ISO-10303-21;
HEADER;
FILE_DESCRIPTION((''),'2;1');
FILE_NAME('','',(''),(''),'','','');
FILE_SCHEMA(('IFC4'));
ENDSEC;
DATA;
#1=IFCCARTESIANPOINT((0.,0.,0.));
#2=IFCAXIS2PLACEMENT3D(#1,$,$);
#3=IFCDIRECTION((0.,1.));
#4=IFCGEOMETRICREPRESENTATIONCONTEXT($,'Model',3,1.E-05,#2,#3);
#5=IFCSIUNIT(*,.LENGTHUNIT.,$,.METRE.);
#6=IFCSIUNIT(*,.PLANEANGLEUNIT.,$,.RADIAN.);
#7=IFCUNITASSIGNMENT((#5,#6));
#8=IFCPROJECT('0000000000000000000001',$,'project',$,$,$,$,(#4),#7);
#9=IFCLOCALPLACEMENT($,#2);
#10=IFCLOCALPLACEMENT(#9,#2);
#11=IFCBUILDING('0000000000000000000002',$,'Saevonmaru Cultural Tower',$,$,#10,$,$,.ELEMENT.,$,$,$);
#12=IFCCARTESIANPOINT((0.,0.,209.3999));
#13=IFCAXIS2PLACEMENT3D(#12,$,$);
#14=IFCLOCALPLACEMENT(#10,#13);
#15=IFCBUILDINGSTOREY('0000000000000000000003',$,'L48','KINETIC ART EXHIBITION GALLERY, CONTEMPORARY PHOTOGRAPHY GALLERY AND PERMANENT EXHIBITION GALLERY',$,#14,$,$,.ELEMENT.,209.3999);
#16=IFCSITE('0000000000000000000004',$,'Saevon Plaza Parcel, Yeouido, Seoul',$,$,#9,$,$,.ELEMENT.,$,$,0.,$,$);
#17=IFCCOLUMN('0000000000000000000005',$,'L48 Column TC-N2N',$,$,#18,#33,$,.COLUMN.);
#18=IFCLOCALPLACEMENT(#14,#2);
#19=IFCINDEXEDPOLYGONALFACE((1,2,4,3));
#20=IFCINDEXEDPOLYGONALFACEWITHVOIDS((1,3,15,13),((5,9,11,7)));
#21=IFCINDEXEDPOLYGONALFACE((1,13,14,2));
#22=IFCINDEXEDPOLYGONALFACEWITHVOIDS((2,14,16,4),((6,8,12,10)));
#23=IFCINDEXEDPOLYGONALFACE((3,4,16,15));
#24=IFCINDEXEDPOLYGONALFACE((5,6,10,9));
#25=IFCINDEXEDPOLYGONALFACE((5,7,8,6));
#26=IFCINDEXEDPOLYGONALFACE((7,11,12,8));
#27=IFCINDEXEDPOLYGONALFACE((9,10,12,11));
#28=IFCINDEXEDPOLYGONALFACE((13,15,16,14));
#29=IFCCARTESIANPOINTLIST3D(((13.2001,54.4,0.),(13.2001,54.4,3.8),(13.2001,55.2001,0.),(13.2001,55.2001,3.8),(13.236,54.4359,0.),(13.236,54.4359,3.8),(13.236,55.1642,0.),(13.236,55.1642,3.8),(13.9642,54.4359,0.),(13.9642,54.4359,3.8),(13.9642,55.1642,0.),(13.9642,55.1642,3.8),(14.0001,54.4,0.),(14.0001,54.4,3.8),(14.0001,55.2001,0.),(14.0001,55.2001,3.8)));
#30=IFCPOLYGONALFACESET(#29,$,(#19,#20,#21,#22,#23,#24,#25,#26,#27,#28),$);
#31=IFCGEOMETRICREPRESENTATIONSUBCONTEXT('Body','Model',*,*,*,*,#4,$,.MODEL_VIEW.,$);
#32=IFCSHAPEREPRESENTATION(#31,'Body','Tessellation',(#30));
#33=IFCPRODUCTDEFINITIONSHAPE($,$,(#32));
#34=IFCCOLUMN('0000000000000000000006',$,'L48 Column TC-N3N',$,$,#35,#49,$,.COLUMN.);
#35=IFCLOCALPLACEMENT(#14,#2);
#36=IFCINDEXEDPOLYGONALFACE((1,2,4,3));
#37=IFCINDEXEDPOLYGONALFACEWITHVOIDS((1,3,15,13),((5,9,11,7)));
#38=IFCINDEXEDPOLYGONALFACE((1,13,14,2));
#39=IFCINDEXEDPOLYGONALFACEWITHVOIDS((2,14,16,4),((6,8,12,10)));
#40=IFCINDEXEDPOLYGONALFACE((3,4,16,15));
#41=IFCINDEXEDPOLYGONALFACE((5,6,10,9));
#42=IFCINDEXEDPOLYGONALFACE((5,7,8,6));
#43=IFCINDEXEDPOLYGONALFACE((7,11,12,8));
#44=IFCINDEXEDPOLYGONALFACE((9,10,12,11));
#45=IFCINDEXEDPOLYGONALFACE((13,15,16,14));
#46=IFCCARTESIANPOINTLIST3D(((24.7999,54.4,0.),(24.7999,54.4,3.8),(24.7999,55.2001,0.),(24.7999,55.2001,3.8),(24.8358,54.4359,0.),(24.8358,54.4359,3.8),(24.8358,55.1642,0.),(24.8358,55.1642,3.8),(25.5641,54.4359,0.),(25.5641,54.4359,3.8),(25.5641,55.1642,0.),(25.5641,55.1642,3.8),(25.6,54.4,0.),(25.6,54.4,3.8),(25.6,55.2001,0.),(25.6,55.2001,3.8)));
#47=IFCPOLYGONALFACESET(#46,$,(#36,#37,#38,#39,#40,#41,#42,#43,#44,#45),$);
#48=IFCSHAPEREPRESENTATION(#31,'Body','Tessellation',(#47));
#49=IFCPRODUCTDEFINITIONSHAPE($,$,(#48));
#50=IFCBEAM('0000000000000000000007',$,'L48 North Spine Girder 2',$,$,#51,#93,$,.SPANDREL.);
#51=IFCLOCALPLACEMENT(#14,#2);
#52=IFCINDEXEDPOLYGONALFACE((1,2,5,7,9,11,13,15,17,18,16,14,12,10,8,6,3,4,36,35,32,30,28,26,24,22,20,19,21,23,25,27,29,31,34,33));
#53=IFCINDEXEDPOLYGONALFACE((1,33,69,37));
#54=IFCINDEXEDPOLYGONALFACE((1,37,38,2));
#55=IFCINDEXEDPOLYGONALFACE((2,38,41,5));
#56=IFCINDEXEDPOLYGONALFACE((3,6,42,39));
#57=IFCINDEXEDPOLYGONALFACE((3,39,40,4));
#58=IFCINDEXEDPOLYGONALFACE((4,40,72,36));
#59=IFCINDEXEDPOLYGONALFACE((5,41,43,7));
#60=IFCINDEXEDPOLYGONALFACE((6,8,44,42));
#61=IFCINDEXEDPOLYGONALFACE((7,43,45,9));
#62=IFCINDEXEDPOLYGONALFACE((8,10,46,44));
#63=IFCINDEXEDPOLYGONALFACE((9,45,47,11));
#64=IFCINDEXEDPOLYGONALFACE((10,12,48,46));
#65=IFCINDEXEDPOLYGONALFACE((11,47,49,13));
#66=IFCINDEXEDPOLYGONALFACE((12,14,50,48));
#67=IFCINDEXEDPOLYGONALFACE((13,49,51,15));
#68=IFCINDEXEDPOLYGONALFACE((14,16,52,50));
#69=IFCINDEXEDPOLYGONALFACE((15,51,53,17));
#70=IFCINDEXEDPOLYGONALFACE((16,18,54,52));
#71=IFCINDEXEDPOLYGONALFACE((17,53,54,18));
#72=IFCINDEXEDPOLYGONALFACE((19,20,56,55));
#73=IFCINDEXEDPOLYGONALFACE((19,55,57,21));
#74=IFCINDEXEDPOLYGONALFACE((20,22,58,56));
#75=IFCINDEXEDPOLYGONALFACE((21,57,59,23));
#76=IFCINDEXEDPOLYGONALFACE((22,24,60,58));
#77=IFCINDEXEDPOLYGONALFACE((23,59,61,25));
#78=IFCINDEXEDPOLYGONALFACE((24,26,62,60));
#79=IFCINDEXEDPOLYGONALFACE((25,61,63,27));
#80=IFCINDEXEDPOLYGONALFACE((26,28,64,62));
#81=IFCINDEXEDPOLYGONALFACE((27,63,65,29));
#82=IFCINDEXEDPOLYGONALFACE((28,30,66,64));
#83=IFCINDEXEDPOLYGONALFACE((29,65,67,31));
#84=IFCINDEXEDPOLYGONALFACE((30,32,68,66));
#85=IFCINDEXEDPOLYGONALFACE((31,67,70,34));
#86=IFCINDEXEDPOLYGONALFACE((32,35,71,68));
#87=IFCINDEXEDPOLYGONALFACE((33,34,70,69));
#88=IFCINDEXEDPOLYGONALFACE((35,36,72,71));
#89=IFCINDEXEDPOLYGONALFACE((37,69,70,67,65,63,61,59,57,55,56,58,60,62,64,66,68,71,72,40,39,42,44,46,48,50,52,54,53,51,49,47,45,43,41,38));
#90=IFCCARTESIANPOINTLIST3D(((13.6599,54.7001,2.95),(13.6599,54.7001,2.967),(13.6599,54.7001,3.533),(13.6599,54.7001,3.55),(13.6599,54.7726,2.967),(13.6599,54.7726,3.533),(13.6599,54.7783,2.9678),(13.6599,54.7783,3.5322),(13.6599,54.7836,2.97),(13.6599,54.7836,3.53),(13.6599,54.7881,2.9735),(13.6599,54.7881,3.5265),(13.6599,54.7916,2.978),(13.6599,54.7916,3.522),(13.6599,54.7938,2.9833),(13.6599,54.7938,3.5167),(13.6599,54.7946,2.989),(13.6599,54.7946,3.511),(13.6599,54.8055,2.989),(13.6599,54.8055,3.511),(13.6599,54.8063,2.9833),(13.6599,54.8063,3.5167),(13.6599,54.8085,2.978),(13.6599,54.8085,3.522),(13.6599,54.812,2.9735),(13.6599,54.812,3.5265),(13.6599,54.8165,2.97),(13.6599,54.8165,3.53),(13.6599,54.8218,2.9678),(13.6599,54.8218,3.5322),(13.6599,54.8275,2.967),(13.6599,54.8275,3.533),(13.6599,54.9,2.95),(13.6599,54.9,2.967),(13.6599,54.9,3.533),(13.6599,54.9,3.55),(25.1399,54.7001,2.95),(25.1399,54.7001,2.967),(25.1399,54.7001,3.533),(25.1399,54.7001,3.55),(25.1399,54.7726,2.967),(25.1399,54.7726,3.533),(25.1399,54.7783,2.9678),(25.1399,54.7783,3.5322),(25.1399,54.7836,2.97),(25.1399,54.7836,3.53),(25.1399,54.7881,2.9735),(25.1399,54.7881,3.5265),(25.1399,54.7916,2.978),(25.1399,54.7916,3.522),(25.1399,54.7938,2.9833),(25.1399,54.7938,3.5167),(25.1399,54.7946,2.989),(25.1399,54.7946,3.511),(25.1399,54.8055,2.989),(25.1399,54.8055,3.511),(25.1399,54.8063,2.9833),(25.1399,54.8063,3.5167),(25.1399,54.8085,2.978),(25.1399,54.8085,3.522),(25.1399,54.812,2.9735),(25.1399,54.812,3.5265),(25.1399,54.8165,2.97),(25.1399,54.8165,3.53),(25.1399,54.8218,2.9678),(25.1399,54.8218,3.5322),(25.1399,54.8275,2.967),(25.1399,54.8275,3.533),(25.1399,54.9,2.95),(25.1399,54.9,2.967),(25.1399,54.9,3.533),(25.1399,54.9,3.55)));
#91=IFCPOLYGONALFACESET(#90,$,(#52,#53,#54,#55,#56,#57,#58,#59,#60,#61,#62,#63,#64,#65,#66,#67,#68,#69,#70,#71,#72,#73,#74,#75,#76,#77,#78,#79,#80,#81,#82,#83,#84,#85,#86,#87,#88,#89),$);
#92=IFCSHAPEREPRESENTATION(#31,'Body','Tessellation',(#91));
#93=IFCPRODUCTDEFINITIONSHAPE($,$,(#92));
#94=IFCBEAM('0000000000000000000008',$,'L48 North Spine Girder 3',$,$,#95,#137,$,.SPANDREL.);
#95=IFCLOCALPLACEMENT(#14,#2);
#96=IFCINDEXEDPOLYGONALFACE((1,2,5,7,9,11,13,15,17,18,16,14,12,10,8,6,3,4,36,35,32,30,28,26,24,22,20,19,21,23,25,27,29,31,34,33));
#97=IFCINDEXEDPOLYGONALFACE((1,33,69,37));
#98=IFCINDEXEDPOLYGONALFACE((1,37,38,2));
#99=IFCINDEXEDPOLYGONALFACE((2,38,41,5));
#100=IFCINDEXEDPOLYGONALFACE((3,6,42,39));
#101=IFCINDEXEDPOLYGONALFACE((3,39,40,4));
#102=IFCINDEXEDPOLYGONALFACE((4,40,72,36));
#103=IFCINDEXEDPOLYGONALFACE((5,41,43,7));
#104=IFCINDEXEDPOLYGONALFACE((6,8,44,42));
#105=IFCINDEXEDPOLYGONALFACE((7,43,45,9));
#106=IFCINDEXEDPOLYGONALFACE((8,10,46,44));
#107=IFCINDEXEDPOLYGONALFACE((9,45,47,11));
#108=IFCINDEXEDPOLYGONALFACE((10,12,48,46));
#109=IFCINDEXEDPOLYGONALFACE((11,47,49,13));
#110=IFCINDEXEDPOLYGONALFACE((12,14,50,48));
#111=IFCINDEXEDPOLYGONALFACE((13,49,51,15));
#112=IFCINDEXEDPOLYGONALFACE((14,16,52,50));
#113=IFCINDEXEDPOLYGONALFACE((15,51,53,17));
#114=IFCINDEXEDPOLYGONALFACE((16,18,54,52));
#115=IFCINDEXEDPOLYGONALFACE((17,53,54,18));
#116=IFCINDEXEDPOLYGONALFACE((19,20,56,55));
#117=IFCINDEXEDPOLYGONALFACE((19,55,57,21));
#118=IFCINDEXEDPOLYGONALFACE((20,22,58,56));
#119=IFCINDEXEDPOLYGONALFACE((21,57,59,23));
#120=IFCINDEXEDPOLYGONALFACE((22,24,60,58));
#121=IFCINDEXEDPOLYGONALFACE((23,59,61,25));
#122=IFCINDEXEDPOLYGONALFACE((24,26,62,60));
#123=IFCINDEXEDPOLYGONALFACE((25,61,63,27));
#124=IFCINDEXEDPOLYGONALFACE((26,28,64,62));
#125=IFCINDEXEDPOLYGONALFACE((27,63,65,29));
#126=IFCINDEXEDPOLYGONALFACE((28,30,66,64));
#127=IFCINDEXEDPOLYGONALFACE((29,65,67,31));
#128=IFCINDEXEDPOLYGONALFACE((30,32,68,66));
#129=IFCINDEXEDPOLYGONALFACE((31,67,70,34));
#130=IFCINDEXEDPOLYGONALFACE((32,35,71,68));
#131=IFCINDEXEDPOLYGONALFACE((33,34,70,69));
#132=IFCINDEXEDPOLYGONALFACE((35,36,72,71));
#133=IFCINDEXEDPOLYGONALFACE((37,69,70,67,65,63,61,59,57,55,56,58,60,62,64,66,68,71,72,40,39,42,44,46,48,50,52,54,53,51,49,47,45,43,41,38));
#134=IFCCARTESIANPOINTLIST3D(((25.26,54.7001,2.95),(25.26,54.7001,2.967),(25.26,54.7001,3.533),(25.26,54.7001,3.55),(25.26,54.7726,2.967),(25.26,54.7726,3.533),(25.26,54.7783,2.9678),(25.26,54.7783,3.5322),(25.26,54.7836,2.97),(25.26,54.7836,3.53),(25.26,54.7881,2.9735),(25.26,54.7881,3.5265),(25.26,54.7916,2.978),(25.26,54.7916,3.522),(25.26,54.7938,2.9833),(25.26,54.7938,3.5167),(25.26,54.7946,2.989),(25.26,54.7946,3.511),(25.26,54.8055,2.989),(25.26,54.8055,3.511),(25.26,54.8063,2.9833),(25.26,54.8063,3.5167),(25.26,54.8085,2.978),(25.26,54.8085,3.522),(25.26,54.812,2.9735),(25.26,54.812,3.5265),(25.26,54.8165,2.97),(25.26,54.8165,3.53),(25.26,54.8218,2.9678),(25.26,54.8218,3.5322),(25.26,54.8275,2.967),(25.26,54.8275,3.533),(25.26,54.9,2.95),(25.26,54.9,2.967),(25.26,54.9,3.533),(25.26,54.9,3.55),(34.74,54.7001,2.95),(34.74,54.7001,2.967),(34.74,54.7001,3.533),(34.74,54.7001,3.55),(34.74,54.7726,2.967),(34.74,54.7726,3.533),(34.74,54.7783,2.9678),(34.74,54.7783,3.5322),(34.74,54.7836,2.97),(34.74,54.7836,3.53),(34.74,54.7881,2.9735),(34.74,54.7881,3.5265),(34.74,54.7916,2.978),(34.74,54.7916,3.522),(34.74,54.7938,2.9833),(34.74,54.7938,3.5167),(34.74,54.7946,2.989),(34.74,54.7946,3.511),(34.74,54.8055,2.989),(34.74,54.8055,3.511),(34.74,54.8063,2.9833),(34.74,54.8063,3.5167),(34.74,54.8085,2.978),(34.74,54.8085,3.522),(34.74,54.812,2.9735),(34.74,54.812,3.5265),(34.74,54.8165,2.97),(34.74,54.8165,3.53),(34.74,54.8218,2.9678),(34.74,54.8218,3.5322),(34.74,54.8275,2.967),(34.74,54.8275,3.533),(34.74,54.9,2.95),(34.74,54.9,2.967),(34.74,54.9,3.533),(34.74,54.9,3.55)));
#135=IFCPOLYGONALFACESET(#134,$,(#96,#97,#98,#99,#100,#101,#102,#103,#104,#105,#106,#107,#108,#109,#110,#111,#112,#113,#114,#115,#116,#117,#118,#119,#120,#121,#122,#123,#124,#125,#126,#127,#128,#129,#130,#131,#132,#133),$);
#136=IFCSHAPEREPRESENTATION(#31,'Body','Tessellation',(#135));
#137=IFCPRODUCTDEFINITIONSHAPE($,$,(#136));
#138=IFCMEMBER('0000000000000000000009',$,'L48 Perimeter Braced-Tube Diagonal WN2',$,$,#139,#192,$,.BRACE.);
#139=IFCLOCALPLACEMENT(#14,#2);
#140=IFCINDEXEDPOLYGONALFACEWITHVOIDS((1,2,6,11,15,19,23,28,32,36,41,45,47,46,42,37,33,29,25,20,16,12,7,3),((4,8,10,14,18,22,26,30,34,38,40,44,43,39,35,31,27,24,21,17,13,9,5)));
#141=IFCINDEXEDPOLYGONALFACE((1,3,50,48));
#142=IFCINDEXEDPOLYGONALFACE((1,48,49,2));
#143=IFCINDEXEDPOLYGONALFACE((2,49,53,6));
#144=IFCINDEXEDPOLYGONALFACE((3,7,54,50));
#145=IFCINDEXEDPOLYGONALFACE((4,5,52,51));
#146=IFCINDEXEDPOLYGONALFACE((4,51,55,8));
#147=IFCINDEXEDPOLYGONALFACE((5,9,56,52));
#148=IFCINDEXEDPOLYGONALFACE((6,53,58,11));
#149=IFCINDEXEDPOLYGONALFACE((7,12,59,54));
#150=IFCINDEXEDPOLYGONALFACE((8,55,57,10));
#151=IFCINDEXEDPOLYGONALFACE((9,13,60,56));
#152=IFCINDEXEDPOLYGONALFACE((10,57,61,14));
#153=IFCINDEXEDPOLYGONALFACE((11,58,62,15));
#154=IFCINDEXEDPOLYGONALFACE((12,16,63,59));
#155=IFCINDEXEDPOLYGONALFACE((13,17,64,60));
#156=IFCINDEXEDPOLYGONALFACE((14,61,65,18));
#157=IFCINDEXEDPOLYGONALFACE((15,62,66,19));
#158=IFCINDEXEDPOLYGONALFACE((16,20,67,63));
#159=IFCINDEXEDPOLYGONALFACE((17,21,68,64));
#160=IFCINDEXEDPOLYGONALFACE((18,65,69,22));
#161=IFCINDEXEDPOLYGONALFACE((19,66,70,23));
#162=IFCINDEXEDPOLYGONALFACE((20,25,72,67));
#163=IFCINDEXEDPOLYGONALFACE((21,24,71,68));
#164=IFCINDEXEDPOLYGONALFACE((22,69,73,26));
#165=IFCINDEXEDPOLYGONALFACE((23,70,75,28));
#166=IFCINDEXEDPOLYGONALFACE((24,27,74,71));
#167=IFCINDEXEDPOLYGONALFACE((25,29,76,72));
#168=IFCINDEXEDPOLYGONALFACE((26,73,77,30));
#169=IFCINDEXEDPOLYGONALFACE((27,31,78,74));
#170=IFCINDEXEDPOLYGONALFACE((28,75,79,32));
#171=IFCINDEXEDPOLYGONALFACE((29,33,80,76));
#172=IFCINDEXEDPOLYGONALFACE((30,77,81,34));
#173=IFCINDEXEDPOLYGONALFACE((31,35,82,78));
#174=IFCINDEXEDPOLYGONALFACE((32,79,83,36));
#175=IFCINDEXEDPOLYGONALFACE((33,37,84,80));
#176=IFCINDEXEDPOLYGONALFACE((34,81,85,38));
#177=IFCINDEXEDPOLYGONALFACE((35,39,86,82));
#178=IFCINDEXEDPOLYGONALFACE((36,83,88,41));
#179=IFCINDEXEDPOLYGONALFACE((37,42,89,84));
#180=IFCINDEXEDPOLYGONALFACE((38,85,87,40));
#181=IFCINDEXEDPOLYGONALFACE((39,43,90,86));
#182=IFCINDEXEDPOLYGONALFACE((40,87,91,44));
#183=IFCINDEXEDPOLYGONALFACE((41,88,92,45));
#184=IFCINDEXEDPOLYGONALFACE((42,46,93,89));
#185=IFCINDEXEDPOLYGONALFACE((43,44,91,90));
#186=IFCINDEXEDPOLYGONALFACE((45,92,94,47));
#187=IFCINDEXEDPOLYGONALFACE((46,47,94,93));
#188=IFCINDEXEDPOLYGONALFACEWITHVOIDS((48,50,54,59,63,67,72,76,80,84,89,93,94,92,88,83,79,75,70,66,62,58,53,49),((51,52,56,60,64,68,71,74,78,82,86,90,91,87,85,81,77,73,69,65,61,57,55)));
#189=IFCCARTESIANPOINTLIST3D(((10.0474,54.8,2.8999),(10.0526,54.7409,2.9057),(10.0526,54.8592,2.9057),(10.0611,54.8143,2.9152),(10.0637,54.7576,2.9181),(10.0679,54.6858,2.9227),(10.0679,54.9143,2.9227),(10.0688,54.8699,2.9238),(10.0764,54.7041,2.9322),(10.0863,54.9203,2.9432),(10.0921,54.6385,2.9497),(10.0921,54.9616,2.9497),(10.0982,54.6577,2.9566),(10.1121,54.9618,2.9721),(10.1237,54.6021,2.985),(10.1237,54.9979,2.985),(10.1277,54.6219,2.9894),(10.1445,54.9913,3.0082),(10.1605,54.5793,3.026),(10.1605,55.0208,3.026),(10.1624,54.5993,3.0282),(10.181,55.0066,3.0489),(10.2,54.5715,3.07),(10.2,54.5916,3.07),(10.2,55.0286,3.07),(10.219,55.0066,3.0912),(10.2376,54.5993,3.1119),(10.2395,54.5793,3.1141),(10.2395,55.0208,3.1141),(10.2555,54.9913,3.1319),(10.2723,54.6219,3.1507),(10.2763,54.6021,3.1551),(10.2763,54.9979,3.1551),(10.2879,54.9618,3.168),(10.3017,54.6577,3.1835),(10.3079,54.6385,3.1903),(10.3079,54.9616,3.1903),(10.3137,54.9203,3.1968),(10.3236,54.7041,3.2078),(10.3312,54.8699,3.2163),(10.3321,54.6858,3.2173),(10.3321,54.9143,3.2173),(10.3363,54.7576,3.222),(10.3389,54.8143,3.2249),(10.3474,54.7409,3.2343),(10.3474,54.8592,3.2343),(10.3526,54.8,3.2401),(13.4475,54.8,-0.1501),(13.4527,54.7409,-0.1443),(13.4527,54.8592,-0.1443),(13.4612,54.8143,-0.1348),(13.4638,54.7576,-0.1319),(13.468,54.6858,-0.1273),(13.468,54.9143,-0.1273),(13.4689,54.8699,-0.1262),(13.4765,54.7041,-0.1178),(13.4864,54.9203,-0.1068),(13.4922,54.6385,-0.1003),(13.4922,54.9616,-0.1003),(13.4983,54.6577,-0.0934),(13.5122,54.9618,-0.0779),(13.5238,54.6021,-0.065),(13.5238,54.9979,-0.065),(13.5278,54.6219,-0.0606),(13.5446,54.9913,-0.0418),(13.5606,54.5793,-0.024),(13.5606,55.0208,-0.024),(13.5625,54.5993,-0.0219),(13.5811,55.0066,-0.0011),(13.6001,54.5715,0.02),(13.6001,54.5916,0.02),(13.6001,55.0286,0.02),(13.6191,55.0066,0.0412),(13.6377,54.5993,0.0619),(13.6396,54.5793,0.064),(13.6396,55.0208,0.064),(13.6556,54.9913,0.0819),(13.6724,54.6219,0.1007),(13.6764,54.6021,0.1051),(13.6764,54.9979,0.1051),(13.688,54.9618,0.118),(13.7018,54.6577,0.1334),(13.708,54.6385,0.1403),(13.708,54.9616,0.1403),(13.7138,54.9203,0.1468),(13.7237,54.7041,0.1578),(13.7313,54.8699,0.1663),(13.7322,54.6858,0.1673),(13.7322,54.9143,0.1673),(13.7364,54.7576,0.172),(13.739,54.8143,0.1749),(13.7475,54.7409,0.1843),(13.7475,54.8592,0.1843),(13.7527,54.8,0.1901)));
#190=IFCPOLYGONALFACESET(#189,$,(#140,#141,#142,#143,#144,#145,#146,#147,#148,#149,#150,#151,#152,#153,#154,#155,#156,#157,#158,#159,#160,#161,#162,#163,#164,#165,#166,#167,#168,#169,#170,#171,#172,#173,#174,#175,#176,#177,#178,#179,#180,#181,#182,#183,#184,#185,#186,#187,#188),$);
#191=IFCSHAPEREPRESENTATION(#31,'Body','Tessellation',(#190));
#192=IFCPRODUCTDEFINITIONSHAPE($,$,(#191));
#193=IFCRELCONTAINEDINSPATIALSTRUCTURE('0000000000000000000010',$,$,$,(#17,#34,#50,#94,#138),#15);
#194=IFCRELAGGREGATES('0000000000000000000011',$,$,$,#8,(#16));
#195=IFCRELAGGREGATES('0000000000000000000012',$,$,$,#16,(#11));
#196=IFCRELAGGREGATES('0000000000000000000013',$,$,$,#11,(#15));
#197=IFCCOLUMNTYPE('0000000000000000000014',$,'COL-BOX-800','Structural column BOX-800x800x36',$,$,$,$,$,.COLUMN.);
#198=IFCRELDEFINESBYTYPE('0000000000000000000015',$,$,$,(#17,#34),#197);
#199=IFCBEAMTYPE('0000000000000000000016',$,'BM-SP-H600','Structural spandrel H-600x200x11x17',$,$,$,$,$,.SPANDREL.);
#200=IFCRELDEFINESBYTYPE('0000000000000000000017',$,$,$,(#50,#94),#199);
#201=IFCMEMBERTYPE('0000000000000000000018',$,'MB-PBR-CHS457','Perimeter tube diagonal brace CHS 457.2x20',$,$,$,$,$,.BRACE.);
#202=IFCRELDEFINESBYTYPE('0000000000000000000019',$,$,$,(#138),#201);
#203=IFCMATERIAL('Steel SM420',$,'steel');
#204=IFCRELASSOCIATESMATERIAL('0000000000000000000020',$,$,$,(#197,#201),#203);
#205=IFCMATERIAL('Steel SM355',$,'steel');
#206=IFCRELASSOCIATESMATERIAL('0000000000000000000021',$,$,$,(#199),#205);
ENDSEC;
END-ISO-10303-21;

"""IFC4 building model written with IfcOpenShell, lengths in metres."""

from ifc_helpers import new_model, si_unit, direction, frame, origin, origin_2d, place, context, subcontext, project, spatial, hollow_rectangle, hollow_circle, i_section, extrude, material, material_profile, profile_set, type_object, element, save


model = new_model("IFC4")

# Units and contexts
model_context = context("Model", 3, precision=1e-05, world=origin(), true_north=direction((0.0, 1.0)))
body_context = subcontext(model_context, "Body", "Model", "MODEL_VIEW")
ifc_project = project(units=[si_unit("LENGTHUNIT", "METRE"), si_unit("PLANEANGLEUNIT", "RADIAN")], contexts=[model_context])

# Site, building, storey
site_placement = place(None, origin())
site = spatial("IfcSite", under=ifc_project, at=site_placement, Name="Saevon Plaza Parcel, Yeouido, Seoul", CompositionType="ELEMENT", RefElevation=0.0)
building_placement = place(site_placement, origin())
building = spatial("IfcBuilding", under=site, at=building_placement, Name="Saevonmaru Cultural Tower", CompositionType="ELEMENT")
storey_placement = place(building_placement, frame((0.0, 0.0, 209.3999)))
storey = spatial("IfcBuildingStorey", under=building, at=storey_placement, Name="L48", Description="KINETIC ART EXHIBITION GALLERY, CONTEMPORARY PHOTOGRAPHY GALLERY AND PERMANENT EXHIBITION GALLERY", CompositionType="ELEMENT", Elevation=209.3999)

# Columns
ifc_material_1 = material(Name="Steel SM420", Category="steel")
ifc_material_profile_1 = material_profile(ifc_material_1, hollow_rectangle(XDim=0.8, YDim=0.8, WallThickness=0.0359, at=origin_2d()), Name="BOX-800x800x36")
ifc_profile_set_1 = profile_set([ifc_material_profile_1], Name="Steel SM420")
column_type = type_object("IfcColumnType", Name="COL-BOX-800", Description="Structural column BOX-800x800x36", PredefinedType="COLUMN", material=ifc_profile_set_1)
for number, where, z_axis, x_axis, name in (
    (1, (13.6001, 54.8, 0.0), (0.0, 0.0, 1.0), (1.0, 0.0, 0.0), "L48 Column TC-N2N"),
    (2, (25.2, 54.8, 0.0), (0.0, 0.0, 1.0), (1.0, 0.0, 0.0), "L48 Column TC-N3N"),
):
    element("IfcColumn", number, at=place(storey_placement, frame(where, z_axis=z_axis, x_axis=x_axis)), inside=storey, type_object=column_type, Name=name, PredefinedType="COLUMN", context=body_context, shape_type="SweptSolid", body=[
        extrude(hollow_rectangle(XDim=0.8, YDim=0.8, WallThickness=0.0359, at=origin_2d()), origin(), (0.0, 0.0, 1.0), 3.8),
    ])

# Beams
ifc_material_2 = material(Name="Steel SM355", Category="steel")
ifc_material_profile_2 = material_profile(ifc_material_2, i_section(OverallWidth=0.2, OverallDepth=0.6001, WebThickness=0.011, FlangeThickness=0.0171, FilletRadius=0.022, at=origin_2d()), Name="H-600x200x11x17")
ifc_profile_set_2 = profile_set([ifc_material_profile_2], Name="Steel SM355")
beam_type = type_object("IfcBeamType", Name="BM-SP-H600", Description="Structural spandrel H-600x200x11x17", PredefinedType="SPANDREL", material=ifc_profile_set_2)
beam_1_placement = place(storey_placement, frame((13.6599, 54.8, 3.25), z_axis=(1.0, 0.0, 0.0), x_axis=(0.0, 1.0, 0.0)))
element("IfcBeam", 3, at=beam_1_placement, inside=storey, type_object=beam_type, Name="L48 North Spine Girder 2", PredefinedType="SPANDREL", context=body_context, shape_type="SweptSolid", body=[
    extrude(i_section(OverallWidth=0.2, OverallDepth=0.6001, WebThickness=0.011, FlangeThickness=0.0171, FilletRadius=0.022, at=origin_2d()), origin(), (0.0, 0.0, 1.0), 11.48),
])
beam_2_placement = place(storey_placement, frame((25.26, 54.8, 3.25), z_axis=(1.0, 0.0, 0.0), x_axis=(0.0, 1.0, 0.0)))
element("IfcBeam", 4, at=beam_2_placement, inside=storey, type_object=beam_type, Name="L48 North Spine Girder 3", PredefinedType="SPANDREL", context=body_context, shape_type="SweptSolid", body=[
    extrude(i_section(OverallWidth=0.2, OverallDepth=0.6001, WebThickness=0.011, FlangeThickness=0.0171, FilletRadius=0.022, at=origin_2d()), origin(), (0.0, 0.0, 1.0), 9.48),
])

# Member
ifc_material_profile_3 = material_profile(ifc_material_1, hollow_circle(Radius=0.2285, WallThickness=0.02, at=origin_2d()), Name="CHS-457.2x20")
ifc_profile_set_3 = profile_set([ifc_material_profile_3], Name="Steel SM420")
member_type_1 = type_object("IfcMemberType", Name="MB-PBR-CHS457", Description="Perimeter tube diagonal brace CHS 457.2x20", PredefinedType="BRACE", material=ifc_profile_set_3)
member_1_placement = place(storey_placement, frame((13.6001, 54.8, 0.02), z_axis=(-0.744391, 0.0, 0.667744), x_axis=(0.0, -1.0, 0.0)))
element("IfcMember", 5, at=member_1_placement, inside=storey, type_object=member_type_1, Name="L48 Perimeter Braced-Tube Diagonal WN2", PredefinedType="BRACE", context=body_context, shape_type="SweptSolid", body=[
    extrude(hollow_circle(Radius=0.2285, WallThickness=0.02, at=origin_2d()), origin(), (0.0, 0.0, 1.0), 4.5676),
])

save(model, "model.ifc")
